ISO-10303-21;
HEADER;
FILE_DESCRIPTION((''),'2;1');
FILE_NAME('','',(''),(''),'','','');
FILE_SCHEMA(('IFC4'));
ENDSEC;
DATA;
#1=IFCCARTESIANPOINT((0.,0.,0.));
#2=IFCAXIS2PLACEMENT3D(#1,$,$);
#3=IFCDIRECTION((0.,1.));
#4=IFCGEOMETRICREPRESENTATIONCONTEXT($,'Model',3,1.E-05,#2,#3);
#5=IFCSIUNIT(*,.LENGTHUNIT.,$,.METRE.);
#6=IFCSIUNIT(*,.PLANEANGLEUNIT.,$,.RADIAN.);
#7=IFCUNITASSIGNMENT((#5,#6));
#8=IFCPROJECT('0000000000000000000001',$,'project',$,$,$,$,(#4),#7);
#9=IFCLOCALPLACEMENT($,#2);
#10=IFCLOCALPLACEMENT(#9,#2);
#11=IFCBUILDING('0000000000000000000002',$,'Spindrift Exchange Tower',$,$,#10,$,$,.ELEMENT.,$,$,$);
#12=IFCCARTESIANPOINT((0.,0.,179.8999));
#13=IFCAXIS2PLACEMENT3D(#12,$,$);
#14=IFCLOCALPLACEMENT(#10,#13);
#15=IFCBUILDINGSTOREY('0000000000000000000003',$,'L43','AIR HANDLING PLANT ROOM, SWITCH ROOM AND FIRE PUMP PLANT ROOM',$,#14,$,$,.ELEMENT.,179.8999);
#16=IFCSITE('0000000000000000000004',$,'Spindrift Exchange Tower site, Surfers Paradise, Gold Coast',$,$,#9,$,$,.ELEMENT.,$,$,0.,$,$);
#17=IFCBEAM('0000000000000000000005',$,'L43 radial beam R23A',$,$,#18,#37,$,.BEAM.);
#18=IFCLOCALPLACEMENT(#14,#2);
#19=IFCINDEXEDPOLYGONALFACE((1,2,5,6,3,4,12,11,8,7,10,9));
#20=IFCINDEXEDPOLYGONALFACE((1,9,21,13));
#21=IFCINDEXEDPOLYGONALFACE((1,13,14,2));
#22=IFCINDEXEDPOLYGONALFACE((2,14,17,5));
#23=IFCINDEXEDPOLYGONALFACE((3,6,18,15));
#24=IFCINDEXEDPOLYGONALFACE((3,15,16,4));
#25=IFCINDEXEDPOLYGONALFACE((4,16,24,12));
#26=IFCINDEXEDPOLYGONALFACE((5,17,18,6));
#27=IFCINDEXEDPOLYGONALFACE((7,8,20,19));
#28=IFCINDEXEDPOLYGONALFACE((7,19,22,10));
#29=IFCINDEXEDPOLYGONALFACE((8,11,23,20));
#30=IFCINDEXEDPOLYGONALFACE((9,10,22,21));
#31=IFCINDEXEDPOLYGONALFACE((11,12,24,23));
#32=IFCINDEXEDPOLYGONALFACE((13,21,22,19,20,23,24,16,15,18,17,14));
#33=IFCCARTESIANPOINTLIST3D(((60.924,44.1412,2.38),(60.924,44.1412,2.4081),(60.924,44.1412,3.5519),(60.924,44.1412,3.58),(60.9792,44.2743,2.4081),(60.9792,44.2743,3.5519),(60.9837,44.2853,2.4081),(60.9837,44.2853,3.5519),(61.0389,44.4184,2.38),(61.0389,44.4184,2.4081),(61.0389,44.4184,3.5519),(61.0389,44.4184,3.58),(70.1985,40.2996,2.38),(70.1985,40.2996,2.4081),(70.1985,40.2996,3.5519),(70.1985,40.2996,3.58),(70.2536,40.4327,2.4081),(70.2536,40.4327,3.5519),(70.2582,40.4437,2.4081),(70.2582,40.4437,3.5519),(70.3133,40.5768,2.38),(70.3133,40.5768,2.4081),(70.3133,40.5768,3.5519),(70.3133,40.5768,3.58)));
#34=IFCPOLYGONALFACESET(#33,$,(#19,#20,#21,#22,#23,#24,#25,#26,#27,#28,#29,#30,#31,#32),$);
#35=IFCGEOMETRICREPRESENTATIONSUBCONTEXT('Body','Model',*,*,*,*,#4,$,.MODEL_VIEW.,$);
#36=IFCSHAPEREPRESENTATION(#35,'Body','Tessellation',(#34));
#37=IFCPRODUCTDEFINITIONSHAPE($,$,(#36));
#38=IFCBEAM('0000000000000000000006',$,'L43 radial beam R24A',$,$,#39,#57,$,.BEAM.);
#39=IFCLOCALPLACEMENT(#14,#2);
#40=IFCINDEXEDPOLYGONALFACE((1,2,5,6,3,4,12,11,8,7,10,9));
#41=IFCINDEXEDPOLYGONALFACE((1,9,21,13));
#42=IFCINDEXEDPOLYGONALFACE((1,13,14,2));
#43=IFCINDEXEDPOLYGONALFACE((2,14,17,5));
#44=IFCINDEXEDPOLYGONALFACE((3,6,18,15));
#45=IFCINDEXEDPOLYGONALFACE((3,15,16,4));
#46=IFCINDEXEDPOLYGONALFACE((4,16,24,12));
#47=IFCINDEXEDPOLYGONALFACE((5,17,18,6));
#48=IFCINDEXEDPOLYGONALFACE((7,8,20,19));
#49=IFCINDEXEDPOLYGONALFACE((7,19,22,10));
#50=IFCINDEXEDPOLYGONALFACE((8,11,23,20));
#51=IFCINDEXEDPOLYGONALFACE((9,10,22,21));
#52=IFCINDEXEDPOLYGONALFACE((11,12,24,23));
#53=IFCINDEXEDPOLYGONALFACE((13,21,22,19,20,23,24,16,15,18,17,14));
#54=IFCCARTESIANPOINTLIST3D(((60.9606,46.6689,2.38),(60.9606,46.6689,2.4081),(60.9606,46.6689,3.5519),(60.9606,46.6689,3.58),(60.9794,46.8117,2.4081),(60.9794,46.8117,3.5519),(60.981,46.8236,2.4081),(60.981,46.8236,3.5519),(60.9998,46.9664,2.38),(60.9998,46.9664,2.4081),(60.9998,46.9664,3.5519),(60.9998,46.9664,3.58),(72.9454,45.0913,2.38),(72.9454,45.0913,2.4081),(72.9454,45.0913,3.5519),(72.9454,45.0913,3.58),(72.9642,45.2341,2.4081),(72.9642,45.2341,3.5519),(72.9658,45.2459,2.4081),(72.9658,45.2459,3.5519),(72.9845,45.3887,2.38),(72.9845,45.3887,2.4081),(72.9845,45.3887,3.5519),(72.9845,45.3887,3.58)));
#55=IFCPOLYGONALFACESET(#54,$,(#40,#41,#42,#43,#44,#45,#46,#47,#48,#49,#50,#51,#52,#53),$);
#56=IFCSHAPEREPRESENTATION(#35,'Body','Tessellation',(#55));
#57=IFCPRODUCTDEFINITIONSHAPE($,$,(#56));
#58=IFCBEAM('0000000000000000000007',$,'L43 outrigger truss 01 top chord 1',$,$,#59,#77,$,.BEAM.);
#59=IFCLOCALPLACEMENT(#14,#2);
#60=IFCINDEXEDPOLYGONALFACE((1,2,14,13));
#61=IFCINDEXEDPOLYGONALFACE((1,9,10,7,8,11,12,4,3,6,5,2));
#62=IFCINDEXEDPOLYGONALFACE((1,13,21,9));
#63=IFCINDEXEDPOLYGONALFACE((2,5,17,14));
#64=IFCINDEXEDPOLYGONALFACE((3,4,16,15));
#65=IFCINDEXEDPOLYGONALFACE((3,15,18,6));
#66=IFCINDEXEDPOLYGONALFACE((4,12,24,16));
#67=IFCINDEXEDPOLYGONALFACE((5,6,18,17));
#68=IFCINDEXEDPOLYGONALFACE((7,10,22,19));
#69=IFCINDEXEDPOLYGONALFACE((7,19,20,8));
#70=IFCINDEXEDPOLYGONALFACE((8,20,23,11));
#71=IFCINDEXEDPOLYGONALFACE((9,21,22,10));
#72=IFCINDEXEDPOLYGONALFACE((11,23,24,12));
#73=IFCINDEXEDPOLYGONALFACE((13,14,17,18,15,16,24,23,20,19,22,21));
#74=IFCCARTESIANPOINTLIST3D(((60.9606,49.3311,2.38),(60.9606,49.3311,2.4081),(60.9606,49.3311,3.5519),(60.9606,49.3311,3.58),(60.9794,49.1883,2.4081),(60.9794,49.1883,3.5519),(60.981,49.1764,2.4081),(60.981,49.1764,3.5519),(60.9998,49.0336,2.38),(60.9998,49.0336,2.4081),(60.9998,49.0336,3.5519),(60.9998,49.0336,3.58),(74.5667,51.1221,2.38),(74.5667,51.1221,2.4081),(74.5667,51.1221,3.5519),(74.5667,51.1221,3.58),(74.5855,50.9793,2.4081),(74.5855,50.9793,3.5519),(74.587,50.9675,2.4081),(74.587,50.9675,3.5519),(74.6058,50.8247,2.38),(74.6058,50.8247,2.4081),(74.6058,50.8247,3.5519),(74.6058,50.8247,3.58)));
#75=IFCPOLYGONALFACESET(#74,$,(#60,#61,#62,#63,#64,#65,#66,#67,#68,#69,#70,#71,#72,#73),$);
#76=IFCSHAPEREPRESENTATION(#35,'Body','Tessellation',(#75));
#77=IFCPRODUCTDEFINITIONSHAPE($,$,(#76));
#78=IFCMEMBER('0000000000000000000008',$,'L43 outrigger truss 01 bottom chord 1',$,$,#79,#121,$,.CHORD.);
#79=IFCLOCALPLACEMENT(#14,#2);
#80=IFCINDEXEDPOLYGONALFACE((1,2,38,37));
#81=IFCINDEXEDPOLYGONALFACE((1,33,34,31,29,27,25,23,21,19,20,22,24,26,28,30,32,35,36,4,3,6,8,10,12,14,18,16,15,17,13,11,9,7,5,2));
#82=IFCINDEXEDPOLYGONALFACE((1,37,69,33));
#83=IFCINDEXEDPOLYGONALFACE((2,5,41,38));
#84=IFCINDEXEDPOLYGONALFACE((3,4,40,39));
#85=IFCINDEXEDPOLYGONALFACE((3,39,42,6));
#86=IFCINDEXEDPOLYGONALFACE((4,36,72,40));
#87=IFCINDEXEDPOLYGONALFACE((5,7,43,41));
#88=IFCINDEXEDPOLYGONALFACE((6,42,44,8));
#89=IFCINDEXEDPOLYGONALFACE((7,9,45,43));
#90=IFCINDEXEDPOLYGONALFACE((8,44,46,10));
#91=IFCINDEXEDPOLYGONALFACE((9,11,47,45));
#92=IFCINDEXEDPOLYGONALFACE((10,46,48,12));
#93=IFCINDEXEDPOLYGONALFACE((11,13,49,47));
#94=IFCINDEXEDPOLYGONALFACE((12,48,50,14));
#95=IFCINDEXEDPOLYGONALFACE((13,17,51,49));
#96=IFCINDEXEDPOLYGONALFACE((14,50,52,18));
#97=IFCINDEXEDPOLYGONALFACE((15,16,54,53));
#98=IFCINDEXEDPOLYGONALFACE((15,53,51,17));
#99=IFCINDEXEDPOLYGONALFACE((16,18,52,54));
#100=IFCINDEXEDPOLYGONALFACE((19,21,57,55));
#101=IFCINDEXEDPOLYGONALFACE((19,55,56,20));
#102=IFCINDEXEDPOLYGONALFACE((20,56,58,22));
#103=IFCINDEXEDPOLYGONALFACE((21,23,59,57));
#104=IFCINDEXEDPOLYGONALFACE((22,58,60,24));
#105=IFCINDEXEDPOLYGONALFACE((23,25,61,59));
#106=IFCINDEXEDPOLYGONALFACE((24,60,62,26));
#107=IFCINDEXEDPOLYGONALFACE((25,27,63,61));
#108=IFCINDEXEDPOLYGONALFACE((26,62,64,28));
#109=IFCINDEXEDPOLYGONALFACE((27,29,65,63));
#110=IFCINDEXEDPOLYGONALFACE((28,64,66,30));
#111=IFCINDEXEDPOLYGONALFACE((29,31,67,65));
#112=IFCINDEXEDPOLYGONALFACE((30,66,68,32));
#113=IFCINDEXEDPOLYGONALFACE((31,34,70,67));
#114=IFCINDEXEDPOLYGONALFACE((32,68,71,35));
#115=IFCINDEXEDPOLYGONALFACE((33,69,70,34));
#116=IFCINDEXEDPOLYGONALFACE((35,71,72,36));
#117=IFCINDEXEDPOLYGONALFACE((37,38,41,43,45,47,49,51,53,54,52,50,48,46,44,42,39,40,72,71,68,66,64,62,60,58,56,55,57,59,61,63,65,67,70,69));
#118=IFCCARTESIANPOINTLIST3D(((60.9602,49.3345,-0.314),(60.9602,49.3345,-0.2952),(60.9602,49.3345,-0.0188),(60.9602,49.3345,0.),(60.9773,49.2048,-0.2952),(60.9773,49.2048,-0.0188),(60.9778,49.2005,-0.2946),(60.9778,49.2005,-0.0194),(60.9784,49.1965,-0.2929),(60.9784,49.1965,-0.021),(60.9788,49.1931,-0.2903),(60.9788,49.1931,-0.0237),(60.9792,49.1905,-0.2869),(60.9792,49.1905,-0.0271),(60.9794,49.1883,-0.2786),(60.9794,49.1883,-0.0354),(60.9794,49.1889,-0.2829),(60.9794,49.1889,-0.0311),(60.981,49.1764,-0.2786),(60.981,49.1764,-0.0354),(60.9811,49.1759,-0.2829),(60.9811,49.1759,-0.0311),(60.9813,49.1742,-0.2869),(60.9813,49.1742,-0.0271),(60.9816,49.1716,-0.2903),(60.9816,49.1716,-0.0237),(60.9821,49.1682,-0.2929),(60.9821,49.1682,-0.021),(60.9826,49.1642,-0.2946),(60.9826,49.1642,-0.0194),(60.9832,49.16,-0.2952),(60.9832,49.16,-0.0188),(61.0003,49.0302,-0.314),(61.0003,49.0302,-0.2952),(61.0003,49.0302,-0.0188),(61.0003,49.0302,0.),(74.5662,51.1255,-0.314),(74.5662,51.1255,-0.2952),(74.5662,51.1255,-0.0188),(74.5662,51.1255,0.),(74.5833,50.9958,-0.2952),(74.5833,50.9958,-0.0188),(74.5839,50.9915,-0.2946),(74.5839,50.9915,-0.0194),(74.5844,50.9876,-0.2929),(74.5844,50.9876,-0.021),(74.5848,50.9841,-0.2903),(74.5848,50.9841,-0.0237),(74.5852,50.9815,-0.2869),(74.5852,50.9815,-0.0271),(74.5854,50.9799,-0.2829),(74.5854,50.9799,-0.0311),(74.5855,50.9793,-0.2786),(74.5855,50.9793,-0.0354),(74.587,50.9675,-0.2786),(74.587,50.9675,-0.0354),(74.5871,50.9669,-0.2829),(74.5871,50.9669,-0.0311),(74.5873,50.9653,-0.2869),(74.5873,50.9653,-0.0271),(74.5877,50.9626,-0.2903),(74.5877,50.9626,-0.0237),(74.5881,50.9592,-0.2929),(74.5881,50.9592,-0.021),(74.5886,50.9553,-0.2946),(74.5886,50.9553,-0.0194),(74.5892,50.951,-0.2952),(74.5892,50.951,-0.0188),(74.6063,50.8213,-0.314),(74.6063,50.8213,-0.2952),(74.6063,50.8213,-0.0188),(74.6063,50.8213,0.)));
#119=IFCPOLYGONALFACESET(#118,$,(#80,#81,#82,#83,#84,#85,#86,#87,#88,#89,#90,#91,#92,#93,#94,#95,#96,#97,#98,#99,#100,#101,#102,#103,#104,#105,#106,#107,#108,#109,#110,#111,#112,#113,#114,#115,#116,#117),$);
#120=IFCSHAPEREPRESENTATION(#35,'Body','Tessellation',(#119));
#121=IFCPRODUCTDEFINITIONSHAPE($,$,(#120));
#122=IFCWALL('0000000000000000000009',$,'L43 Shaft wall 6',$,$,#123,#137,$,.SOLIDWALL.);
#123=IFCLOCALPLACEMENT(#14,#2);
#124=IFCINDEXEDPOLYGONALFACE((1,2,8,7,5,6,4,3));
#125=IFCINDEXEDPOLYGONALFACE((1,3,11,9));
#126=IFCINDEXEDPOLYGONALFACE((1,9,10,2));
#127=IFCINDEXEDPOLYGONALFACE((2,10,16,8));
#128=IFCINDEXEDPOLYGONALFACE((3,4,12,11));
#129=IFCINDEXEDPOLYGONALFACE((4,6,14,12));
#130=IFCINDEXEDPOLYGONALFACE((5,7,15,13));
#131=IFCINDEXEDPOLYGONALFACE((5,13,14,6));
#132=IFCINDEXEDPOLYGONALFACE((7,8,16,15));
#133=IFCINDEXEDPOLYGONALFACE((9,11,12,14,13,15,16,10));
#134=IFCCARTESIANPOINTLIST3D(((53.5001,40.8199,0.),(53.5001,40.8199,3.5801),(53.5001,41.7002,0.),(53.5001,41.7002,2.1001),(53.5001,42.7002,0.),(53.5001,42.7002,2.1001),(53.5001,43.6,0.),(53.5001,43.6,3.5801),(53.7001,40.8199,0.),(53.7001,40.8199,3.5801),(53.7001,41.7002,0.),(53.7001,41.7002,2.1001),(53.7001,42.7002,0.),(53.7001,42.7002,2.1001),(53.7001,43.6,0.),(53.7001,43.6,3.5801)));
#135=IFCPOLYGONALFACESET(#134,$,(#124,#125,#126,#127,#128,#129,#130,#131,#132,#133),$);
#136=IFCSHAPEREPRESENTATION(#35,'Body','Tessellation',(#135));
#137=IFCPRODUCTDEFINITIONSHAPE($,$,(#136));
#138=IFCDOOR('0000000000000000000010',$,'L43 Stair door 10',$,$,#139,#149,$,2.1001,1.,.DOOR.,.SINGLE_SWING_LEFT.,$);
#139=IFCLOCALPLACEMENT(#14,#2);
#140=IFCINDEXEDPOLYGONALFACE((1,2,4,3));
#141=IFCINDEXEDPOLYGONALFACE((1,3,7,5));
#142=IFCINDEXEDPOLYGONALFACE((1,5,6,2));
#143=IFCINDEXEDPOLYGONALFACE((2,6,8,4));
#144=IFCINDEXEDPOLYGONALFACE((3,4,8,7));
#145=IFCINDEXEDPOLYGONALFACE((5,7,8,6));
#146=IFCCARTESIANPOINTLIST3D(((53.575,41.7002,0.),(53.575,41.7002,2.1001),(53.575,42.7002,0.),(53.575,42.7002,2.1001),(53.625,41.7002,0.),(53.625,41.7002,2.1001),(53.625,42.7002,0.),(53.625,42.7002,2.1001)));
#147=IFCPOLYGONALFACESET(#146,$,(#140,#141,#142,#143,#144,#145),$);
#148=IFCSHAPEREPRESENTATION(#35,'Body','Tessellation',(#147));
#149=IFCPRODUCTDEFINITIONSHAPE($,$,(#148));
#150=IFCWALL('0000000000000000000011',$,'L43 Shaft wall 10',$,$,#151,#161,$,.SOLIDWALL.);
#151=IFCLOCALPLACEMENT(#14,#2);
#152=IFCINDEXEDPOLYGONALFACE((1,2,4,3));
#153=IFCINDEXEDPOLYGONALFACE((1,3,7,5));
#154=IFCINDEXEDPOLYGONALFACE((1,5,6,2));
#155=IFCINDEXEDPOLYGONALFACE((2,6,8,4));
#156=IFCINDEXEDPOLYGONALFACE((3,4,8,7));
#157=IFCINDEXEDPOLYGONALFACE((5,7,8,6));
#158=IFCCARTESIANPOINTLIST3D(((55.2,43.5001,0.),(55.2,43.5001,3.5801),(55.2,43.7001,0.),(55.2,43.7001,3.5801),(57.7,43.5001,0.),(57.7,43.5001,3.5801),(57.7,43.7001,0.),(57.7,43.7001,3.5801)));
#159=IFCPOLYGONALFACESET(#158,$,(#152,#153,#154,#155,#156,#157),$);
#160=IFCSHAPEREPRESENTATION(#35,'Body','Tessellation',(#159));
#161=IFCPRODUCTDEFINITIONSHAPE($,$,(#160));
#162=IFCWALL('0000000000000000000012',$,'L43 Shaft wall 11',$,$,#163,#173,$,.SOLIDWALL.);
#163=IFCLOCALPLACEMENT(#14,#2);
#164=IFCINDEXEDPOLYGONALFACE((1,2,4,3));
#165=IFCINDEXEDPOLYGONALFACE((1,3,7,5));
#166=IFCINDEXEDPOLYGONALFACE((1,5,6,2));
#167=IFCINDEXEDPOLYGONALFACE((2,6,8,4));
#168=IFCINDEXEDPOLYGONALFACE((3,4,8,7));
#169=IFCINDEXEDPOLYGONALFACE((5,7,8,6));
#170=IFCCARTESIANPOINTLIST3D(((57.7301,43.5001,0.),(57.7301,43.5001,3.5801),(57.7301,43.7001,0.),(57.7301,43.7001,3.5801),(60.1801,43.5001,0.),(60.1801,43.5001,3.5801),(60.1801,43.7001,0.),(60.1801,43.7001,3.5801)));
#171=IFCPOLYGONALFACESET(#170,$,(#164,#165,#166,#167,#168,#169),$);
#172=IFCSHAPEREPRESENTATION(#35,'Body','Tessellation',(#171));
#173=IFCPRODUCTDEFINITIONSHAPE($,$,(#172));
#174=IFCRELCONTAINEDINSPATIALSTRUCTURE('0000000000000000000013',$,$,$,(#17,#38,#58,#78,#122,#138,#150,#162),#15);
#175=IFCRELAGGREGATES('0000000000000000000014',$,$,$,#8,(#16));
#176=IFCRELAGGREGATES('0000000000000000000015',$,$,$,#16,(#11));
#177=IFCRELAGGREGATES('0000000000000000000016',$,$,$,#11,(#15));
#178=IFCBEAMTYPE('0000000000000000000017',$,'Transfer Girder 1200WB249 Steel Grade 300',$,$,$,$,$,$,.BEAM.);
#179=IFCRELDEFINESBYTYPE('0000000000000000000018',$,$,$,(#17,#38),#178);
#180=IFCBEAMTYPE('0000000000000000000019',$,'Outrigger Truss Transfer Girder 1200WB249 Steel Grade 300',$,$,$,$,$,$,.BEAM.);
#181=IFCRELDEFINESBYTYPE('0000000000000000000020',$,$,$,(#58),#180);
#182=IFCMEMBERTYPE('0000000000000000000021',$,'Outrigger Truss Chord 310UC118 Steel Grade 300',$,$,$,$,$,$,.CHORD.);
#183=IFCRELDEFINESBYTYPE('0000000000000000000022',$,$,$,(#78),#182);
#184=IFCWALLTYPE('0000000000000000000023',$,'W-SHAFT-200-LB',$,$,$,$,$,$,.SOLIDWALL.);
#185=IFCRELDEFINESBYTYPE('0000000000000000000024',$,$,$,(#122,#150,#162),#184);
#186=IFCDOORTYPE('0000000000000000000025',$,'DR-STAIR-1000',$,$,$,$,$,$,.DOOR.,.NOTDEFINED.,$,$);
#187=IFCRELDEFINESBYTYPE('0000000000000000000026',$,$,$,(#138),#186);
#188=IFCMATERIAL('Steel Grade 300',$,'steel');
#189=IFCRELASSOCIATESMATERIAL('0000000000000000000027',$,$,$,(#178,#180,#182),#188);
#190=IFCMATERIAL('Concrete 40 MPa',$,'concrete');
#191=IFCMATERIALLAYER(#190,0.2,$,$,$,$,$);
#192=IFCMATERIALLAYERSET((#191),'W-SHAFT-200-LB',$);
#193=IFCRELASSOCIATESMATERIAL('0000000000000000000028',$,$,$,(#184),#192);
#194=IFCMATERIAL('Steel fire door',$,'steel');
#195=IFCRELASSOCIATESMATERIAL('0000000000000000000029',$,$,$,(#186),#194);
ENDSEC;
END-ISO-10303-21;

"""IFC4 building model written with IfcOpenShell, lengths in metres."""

from ifc_helpers import new_model, si_unit, direction, frame, frame_2d, origin, origin_2d, place, context, subcontext, project, spatial, rectangle, i_section, extrude, source, transform, mapped, material, layer, layer_set, material_profile, profile_set, type_object, element, fill, save


model = new_model("IFC4")

# Units and contexts
model_context = context("Model", 3, precision=1e-05, world=origin(), true_north=direction((0.0, 1.0)))
body_context = subcontext(model_context, "Body", "Model", "MODEL_VIEW")
ifc_project = project(units=[si_unit("LENGTHUNIT", "METRE"), si_unit("PLANEANGLEUNIT", "RADIAN")], contexts=[model_context])

# Site, building, storey
site_placement = place(None, origin())
site = spatial("IfcSite", under=ifc_project, at=site_placement, Name="Spindrift Exchange Tower site, Surfers Paradise, Gold Coast", CompositionType="ELEMENT", RefElevation=0.0)
building_placement = place(site_placement, origin())
building = spatial("IfcBuilding", under=site, at=building_placement, Name="Spindrift Exchange Tower", CompositionType="ELEMENT")
storey_placement = place(building_placement, frame((0.0, 0.0, 179.8999)))
storey = spatial("IfcBuildingStorey", under=building, at=storey_placement, Name="L43", Description="AIR HANDLING PLANT ROOM, SWITCH ROOM AND FIRE PUMP PLANT ROOM", CompositionType="ELEMENT", Elevation=179.8999)

# Beams
ifc_material_1 = material(Name="Steel Grade 300", Category="steel")
ifc_material_profile_1 = material_profile(ifc_material_1, i_section(OverallWidth=0.3, OverallDepth=1.2, WebThickness=0.012, FlangeThickness=0.0281, at=origin_2d()), Name="1200WB249")
ifc_profile_set_1 = profile_set([ifc_material_profile_1], Name="Steel Grade 300")
beam_type_1 = type_object("IfcBeamType", Name="Transfer Girder 1200WB249 Steel Grade 300", PredefinedType="BEAM", material=ifc_profile_set_1)
shared_shape_1 = source(origin(), body_context, "Body", "SweptSolid", [
    extrude(i_section(OverallWidth=0.3, OverallDepth=1.2, WebThickness=0.012, FlangeThickness=0.0281, at=origin_2d()), origin(), (0.0, 0.0, 1.0), 10.0386),
])
beam_1_placement = place(storey_placement, frame((60.9814, 44.2798, 2.98), z_axis=(0.923881, -0.38268, 0.0), x_axis=(0.38268, 0.923881, 0.0)))
element("IfcBeam", 1, at=beam_1_placement, inside=storey, type_object=beam_type_1, Name="L43 radial beam R23A", PredefinedType="BEAM", context=body_context, shape_type="MappedRepresentation", body=[
    mapped(shared_shape_1, transform((0.0, 0.0, 0.0), scale=1.0)),
])
shared_shape_2 = source(origin(), body_context, "Body", "SweptSolid", [
    extrude(i_section(OverallWidth=0.3, OverallDepth=1.2, WebThickness=0.012, FlangeThickness=0.0281, at=origin_2d()), origin(), (0.0, 0.0, 1.0), 12.0881),
])
beam_2_placement = place(storey_placement, frame((60.9802, 46.8176, 2.98), z_axis=(0.991447, -0.13051, 0.0), x_axis=(0.13051, 0.991447, 0.0)))
element("IfcBeam", 2, at=beam_2_placement, inside=storey, type_object=beam_type_1, Name="L43 radial beam R24A", PredefinedType="BEAM", context=body_context, shape_type="MappedRepresentation", body=[
    mapped(shared_shape_2, transform((0.0, 0.0, 0.0), scale=1.0)),
])
ifc_material_profile_2 = material_profile(ifc_material_1, i_section(OverallWidth=0.3, OverallDepth=1.2, WebThickness=0.012, FlangeThickness=0.0281, at=origin_2d()), Name="1200WB249")
ifc_profile_set_2 = profile_set([ifc_material_profile_2], Name="Steel Grade 300")
beam_type_2 = type_object("IfcBeamType", Name="Outrigger Truss Transfer Girder 1200WB249 Steel Grade 300", PredefinedType="BEAM", material=ifc_profile_set_2)
shared_shape_3 = source(origin(), body_context, "Body", "SweptSolid", [
    extrude(i_section(OverallWidth=0.3, OverallDepth=1.2, WebThickness=0.012, FlangeThickness=0.0281, at=origin_2d()), origin(), (0.0, 0.0, 1.0), 13.7234),
])
beam_3_placement = place(storey_placement, frame((60.9802, 49.1824, 2.98), z_axis=(0.991447, 0.130509, 0.0), x_axis=(-0.130509, 0.991447, 0.0)))
element("IfcBeam", 3, at=beam_3_placement, inside=storey, type_object=beam_type_2, Name="L43 outrigger truss 01 top chord 1", PredefinedType="BEAM", context=body_context, shape_type="MappedRepresentation", body=[
    mapped(shared_shape_3, transform((0.0, 0.0, 0.0), scale=1.0)),
])

# Member
ifc_material_profile_3 = material_profile(ifc_material_1, i_section(OverallWidth=0.3069, OverallDepth=0.314, WebThickness=0.012, FlangeThickness=0.0188, FilletRadius=0.0166, at=origin_2d()), Name="310UC118")
ifc_profile_set_3 = profile_set([ifc_material_profile_3], Name="Steel Grade 300")
member_type = type_object("IfcMemberType", Name="Outrigger Truss Chord 310UC118 Steel Grade 300", PredefinedType="CHORD", material=ifc_profile_set_3)
shared_shape_4 = source(origin(), body_context, "Body", "SweptSolid", [
    extrude(i_section(OverallWidth=0.3069, OverallDepth=0.314, WebThickness=0.012, FlangeThickness=0.0188, FilletRadius=0.0166, at=origin_2d()), origin(), (0.0, 0.0, 1.0), 13.7234),
])
member_placement = place(storey_placement, frame((60.9802, 49.1824, -0.157), z_axis=(0.991447, 0.130509, 0.0), x_axis=(-0.130509, 0.991447, 0.0)))
element("IfcMember", 4, at=member_placement, inside=storey, type_object=member_type, Name="L43 outrigger truss 01 bottom chord 1", PredefinedType="CHORD", context=body_context, shape_type="MappedRepresentation", body=[
    mapped(shared_shape_4, transform((0.0, 0.0, 0.0), scale=1.0)),
])

# Wall, opening, door
ifc_material_2 = material(Name="Concrete 40 MPa", Category="concrete")
ifc_layer_1 = layer(ifc_material_2, 0.2)
ifc_layer_set_1 = layer_set([ifc_layer_1], Name="W-SHAFT-200-LB")
wall_type = type_object("IfcWallType", Name="W-SHAFT-200-LB", PredefinedType="SOLIDWALL", material=ifc_layer_set_1)
wall_1_placement = place(storey_placement, frame((53.6001, 43.6001, 0.0), z_axis=(0.0, 0.0, 1.0), x_axis=(0.0, -1.0, 0.0)))
wall_1 = element("IfcWall", 5, at=wall_1_placement, inside=storey, type_object=wall_type, Name="L43 Shaft wall 6", PredefinedType="SOLIDWALL", context=body_context, shape_type="SweptSolid", body=[
    extrude(rectangle(XDim=2.78, YDim=0.2, at=frame_2d((1.3901, 0.0))), origin(), (0.0, 0.0, 1.0), 3.5801),
])
opening_placement = place(wall_1_placement, frame((0.8999, 0.0, 0.0)))
opening = element("IfcOpeningElement", 6, at=opening_placement, cuts=wall_1, PredefinedType="OPENING", context=body_context, shape_type="SweptSolid", body=[
    extrude(rectangle(XDim=1.0, YDim=2.1001, at=frame_2d((0.5, 1.05))), frame((0.0, 0.1099, 0.0), z_axis=(0.0, -1.0, 0.0), x_axis=(1.0, 0.0, 0.0)), (0.0, 0.0, 1.0), 0.22),
])
ifc_material_3 = material(Name="Steel fire door", Category="steel")
door_type = type_object("IfcDoorType", Name="DR-STAIR-1000", OperationType="NOTDEFINED", PredefinedType="DOOR", material=ifc_material_3)
shared_shape_5 = source(origin(), body_context, "Body", "SweptSolid", [
    extrude(rectangle(XDim=1.0, YDim=2.1001, at=frame_2d((0.5, 1.05))), frame((0.0, 0.0249, 0.0), z_axis=(0.0, -1.0, 0.0), x_axis=(1.0, 0.0, 0.0)), (0.0, 0.0, 1.0), 0.05),
])
door_placement = place(opening_placement, origin())
door = element("IfcDoor", 7, at=door_placement, inside=storey, type_object=door_type, Name="L43 Stair door 10", OperationType="SINGLE_SWING_LEFT", OverallHeight=2.1001, OverallWidth=1.0, PredefinedType="DOOR", context=body_context, shape_type="MappedRepresentation", body=[
    mapped(shared_shape_5, transform((0.0, 0.0, 0.0), scale=1.0)),
])
fill(opening, door)

# Walls
wall_2_placement = place(storey_placement, frame((55.2, 43.6001, 0.0), z_axis=(0.0, 0.0, 1.0), x_axis=(1.0, 0.0, 0.0)))
element("IfcWall", 8, at=wall_2_placement, inside=storey, type_object=wall_type, Name="L43 Shaft wall 10", PredefinedType="SOLIDWALL", context=body_context, shape_type="SweptSolid", body=[
    extrude(rectangle(XDim=2.5, YDim=0.2, at=frame_2d((1.25, 0.0))), origin(), (0.0, 0.0, 1.0), 3.5801),
])
wall_3_placement = place(storey_placement, frame((57.73, 43.6001, 0.0), z_axis=(0.0, 0.0, 1.0), x_axis=(1.0, 0.0, 0.0)))
element("IfcWall", 9, at=wall_3_placement, inside=storey, type_object=wall_type, Name="L43 Shaft wall 11", PredefinedType="SOLIDWALL", context=body_context, shape_type="SweptSolid", body=[
    extrude(rectangle(XDim=2.45, YDim=0.2, at=frame_2d((1.2251, 0.0))), origin(), (0.0, 0.0, 1.0), 3.5801),
])

save(model, "model.ifc")
